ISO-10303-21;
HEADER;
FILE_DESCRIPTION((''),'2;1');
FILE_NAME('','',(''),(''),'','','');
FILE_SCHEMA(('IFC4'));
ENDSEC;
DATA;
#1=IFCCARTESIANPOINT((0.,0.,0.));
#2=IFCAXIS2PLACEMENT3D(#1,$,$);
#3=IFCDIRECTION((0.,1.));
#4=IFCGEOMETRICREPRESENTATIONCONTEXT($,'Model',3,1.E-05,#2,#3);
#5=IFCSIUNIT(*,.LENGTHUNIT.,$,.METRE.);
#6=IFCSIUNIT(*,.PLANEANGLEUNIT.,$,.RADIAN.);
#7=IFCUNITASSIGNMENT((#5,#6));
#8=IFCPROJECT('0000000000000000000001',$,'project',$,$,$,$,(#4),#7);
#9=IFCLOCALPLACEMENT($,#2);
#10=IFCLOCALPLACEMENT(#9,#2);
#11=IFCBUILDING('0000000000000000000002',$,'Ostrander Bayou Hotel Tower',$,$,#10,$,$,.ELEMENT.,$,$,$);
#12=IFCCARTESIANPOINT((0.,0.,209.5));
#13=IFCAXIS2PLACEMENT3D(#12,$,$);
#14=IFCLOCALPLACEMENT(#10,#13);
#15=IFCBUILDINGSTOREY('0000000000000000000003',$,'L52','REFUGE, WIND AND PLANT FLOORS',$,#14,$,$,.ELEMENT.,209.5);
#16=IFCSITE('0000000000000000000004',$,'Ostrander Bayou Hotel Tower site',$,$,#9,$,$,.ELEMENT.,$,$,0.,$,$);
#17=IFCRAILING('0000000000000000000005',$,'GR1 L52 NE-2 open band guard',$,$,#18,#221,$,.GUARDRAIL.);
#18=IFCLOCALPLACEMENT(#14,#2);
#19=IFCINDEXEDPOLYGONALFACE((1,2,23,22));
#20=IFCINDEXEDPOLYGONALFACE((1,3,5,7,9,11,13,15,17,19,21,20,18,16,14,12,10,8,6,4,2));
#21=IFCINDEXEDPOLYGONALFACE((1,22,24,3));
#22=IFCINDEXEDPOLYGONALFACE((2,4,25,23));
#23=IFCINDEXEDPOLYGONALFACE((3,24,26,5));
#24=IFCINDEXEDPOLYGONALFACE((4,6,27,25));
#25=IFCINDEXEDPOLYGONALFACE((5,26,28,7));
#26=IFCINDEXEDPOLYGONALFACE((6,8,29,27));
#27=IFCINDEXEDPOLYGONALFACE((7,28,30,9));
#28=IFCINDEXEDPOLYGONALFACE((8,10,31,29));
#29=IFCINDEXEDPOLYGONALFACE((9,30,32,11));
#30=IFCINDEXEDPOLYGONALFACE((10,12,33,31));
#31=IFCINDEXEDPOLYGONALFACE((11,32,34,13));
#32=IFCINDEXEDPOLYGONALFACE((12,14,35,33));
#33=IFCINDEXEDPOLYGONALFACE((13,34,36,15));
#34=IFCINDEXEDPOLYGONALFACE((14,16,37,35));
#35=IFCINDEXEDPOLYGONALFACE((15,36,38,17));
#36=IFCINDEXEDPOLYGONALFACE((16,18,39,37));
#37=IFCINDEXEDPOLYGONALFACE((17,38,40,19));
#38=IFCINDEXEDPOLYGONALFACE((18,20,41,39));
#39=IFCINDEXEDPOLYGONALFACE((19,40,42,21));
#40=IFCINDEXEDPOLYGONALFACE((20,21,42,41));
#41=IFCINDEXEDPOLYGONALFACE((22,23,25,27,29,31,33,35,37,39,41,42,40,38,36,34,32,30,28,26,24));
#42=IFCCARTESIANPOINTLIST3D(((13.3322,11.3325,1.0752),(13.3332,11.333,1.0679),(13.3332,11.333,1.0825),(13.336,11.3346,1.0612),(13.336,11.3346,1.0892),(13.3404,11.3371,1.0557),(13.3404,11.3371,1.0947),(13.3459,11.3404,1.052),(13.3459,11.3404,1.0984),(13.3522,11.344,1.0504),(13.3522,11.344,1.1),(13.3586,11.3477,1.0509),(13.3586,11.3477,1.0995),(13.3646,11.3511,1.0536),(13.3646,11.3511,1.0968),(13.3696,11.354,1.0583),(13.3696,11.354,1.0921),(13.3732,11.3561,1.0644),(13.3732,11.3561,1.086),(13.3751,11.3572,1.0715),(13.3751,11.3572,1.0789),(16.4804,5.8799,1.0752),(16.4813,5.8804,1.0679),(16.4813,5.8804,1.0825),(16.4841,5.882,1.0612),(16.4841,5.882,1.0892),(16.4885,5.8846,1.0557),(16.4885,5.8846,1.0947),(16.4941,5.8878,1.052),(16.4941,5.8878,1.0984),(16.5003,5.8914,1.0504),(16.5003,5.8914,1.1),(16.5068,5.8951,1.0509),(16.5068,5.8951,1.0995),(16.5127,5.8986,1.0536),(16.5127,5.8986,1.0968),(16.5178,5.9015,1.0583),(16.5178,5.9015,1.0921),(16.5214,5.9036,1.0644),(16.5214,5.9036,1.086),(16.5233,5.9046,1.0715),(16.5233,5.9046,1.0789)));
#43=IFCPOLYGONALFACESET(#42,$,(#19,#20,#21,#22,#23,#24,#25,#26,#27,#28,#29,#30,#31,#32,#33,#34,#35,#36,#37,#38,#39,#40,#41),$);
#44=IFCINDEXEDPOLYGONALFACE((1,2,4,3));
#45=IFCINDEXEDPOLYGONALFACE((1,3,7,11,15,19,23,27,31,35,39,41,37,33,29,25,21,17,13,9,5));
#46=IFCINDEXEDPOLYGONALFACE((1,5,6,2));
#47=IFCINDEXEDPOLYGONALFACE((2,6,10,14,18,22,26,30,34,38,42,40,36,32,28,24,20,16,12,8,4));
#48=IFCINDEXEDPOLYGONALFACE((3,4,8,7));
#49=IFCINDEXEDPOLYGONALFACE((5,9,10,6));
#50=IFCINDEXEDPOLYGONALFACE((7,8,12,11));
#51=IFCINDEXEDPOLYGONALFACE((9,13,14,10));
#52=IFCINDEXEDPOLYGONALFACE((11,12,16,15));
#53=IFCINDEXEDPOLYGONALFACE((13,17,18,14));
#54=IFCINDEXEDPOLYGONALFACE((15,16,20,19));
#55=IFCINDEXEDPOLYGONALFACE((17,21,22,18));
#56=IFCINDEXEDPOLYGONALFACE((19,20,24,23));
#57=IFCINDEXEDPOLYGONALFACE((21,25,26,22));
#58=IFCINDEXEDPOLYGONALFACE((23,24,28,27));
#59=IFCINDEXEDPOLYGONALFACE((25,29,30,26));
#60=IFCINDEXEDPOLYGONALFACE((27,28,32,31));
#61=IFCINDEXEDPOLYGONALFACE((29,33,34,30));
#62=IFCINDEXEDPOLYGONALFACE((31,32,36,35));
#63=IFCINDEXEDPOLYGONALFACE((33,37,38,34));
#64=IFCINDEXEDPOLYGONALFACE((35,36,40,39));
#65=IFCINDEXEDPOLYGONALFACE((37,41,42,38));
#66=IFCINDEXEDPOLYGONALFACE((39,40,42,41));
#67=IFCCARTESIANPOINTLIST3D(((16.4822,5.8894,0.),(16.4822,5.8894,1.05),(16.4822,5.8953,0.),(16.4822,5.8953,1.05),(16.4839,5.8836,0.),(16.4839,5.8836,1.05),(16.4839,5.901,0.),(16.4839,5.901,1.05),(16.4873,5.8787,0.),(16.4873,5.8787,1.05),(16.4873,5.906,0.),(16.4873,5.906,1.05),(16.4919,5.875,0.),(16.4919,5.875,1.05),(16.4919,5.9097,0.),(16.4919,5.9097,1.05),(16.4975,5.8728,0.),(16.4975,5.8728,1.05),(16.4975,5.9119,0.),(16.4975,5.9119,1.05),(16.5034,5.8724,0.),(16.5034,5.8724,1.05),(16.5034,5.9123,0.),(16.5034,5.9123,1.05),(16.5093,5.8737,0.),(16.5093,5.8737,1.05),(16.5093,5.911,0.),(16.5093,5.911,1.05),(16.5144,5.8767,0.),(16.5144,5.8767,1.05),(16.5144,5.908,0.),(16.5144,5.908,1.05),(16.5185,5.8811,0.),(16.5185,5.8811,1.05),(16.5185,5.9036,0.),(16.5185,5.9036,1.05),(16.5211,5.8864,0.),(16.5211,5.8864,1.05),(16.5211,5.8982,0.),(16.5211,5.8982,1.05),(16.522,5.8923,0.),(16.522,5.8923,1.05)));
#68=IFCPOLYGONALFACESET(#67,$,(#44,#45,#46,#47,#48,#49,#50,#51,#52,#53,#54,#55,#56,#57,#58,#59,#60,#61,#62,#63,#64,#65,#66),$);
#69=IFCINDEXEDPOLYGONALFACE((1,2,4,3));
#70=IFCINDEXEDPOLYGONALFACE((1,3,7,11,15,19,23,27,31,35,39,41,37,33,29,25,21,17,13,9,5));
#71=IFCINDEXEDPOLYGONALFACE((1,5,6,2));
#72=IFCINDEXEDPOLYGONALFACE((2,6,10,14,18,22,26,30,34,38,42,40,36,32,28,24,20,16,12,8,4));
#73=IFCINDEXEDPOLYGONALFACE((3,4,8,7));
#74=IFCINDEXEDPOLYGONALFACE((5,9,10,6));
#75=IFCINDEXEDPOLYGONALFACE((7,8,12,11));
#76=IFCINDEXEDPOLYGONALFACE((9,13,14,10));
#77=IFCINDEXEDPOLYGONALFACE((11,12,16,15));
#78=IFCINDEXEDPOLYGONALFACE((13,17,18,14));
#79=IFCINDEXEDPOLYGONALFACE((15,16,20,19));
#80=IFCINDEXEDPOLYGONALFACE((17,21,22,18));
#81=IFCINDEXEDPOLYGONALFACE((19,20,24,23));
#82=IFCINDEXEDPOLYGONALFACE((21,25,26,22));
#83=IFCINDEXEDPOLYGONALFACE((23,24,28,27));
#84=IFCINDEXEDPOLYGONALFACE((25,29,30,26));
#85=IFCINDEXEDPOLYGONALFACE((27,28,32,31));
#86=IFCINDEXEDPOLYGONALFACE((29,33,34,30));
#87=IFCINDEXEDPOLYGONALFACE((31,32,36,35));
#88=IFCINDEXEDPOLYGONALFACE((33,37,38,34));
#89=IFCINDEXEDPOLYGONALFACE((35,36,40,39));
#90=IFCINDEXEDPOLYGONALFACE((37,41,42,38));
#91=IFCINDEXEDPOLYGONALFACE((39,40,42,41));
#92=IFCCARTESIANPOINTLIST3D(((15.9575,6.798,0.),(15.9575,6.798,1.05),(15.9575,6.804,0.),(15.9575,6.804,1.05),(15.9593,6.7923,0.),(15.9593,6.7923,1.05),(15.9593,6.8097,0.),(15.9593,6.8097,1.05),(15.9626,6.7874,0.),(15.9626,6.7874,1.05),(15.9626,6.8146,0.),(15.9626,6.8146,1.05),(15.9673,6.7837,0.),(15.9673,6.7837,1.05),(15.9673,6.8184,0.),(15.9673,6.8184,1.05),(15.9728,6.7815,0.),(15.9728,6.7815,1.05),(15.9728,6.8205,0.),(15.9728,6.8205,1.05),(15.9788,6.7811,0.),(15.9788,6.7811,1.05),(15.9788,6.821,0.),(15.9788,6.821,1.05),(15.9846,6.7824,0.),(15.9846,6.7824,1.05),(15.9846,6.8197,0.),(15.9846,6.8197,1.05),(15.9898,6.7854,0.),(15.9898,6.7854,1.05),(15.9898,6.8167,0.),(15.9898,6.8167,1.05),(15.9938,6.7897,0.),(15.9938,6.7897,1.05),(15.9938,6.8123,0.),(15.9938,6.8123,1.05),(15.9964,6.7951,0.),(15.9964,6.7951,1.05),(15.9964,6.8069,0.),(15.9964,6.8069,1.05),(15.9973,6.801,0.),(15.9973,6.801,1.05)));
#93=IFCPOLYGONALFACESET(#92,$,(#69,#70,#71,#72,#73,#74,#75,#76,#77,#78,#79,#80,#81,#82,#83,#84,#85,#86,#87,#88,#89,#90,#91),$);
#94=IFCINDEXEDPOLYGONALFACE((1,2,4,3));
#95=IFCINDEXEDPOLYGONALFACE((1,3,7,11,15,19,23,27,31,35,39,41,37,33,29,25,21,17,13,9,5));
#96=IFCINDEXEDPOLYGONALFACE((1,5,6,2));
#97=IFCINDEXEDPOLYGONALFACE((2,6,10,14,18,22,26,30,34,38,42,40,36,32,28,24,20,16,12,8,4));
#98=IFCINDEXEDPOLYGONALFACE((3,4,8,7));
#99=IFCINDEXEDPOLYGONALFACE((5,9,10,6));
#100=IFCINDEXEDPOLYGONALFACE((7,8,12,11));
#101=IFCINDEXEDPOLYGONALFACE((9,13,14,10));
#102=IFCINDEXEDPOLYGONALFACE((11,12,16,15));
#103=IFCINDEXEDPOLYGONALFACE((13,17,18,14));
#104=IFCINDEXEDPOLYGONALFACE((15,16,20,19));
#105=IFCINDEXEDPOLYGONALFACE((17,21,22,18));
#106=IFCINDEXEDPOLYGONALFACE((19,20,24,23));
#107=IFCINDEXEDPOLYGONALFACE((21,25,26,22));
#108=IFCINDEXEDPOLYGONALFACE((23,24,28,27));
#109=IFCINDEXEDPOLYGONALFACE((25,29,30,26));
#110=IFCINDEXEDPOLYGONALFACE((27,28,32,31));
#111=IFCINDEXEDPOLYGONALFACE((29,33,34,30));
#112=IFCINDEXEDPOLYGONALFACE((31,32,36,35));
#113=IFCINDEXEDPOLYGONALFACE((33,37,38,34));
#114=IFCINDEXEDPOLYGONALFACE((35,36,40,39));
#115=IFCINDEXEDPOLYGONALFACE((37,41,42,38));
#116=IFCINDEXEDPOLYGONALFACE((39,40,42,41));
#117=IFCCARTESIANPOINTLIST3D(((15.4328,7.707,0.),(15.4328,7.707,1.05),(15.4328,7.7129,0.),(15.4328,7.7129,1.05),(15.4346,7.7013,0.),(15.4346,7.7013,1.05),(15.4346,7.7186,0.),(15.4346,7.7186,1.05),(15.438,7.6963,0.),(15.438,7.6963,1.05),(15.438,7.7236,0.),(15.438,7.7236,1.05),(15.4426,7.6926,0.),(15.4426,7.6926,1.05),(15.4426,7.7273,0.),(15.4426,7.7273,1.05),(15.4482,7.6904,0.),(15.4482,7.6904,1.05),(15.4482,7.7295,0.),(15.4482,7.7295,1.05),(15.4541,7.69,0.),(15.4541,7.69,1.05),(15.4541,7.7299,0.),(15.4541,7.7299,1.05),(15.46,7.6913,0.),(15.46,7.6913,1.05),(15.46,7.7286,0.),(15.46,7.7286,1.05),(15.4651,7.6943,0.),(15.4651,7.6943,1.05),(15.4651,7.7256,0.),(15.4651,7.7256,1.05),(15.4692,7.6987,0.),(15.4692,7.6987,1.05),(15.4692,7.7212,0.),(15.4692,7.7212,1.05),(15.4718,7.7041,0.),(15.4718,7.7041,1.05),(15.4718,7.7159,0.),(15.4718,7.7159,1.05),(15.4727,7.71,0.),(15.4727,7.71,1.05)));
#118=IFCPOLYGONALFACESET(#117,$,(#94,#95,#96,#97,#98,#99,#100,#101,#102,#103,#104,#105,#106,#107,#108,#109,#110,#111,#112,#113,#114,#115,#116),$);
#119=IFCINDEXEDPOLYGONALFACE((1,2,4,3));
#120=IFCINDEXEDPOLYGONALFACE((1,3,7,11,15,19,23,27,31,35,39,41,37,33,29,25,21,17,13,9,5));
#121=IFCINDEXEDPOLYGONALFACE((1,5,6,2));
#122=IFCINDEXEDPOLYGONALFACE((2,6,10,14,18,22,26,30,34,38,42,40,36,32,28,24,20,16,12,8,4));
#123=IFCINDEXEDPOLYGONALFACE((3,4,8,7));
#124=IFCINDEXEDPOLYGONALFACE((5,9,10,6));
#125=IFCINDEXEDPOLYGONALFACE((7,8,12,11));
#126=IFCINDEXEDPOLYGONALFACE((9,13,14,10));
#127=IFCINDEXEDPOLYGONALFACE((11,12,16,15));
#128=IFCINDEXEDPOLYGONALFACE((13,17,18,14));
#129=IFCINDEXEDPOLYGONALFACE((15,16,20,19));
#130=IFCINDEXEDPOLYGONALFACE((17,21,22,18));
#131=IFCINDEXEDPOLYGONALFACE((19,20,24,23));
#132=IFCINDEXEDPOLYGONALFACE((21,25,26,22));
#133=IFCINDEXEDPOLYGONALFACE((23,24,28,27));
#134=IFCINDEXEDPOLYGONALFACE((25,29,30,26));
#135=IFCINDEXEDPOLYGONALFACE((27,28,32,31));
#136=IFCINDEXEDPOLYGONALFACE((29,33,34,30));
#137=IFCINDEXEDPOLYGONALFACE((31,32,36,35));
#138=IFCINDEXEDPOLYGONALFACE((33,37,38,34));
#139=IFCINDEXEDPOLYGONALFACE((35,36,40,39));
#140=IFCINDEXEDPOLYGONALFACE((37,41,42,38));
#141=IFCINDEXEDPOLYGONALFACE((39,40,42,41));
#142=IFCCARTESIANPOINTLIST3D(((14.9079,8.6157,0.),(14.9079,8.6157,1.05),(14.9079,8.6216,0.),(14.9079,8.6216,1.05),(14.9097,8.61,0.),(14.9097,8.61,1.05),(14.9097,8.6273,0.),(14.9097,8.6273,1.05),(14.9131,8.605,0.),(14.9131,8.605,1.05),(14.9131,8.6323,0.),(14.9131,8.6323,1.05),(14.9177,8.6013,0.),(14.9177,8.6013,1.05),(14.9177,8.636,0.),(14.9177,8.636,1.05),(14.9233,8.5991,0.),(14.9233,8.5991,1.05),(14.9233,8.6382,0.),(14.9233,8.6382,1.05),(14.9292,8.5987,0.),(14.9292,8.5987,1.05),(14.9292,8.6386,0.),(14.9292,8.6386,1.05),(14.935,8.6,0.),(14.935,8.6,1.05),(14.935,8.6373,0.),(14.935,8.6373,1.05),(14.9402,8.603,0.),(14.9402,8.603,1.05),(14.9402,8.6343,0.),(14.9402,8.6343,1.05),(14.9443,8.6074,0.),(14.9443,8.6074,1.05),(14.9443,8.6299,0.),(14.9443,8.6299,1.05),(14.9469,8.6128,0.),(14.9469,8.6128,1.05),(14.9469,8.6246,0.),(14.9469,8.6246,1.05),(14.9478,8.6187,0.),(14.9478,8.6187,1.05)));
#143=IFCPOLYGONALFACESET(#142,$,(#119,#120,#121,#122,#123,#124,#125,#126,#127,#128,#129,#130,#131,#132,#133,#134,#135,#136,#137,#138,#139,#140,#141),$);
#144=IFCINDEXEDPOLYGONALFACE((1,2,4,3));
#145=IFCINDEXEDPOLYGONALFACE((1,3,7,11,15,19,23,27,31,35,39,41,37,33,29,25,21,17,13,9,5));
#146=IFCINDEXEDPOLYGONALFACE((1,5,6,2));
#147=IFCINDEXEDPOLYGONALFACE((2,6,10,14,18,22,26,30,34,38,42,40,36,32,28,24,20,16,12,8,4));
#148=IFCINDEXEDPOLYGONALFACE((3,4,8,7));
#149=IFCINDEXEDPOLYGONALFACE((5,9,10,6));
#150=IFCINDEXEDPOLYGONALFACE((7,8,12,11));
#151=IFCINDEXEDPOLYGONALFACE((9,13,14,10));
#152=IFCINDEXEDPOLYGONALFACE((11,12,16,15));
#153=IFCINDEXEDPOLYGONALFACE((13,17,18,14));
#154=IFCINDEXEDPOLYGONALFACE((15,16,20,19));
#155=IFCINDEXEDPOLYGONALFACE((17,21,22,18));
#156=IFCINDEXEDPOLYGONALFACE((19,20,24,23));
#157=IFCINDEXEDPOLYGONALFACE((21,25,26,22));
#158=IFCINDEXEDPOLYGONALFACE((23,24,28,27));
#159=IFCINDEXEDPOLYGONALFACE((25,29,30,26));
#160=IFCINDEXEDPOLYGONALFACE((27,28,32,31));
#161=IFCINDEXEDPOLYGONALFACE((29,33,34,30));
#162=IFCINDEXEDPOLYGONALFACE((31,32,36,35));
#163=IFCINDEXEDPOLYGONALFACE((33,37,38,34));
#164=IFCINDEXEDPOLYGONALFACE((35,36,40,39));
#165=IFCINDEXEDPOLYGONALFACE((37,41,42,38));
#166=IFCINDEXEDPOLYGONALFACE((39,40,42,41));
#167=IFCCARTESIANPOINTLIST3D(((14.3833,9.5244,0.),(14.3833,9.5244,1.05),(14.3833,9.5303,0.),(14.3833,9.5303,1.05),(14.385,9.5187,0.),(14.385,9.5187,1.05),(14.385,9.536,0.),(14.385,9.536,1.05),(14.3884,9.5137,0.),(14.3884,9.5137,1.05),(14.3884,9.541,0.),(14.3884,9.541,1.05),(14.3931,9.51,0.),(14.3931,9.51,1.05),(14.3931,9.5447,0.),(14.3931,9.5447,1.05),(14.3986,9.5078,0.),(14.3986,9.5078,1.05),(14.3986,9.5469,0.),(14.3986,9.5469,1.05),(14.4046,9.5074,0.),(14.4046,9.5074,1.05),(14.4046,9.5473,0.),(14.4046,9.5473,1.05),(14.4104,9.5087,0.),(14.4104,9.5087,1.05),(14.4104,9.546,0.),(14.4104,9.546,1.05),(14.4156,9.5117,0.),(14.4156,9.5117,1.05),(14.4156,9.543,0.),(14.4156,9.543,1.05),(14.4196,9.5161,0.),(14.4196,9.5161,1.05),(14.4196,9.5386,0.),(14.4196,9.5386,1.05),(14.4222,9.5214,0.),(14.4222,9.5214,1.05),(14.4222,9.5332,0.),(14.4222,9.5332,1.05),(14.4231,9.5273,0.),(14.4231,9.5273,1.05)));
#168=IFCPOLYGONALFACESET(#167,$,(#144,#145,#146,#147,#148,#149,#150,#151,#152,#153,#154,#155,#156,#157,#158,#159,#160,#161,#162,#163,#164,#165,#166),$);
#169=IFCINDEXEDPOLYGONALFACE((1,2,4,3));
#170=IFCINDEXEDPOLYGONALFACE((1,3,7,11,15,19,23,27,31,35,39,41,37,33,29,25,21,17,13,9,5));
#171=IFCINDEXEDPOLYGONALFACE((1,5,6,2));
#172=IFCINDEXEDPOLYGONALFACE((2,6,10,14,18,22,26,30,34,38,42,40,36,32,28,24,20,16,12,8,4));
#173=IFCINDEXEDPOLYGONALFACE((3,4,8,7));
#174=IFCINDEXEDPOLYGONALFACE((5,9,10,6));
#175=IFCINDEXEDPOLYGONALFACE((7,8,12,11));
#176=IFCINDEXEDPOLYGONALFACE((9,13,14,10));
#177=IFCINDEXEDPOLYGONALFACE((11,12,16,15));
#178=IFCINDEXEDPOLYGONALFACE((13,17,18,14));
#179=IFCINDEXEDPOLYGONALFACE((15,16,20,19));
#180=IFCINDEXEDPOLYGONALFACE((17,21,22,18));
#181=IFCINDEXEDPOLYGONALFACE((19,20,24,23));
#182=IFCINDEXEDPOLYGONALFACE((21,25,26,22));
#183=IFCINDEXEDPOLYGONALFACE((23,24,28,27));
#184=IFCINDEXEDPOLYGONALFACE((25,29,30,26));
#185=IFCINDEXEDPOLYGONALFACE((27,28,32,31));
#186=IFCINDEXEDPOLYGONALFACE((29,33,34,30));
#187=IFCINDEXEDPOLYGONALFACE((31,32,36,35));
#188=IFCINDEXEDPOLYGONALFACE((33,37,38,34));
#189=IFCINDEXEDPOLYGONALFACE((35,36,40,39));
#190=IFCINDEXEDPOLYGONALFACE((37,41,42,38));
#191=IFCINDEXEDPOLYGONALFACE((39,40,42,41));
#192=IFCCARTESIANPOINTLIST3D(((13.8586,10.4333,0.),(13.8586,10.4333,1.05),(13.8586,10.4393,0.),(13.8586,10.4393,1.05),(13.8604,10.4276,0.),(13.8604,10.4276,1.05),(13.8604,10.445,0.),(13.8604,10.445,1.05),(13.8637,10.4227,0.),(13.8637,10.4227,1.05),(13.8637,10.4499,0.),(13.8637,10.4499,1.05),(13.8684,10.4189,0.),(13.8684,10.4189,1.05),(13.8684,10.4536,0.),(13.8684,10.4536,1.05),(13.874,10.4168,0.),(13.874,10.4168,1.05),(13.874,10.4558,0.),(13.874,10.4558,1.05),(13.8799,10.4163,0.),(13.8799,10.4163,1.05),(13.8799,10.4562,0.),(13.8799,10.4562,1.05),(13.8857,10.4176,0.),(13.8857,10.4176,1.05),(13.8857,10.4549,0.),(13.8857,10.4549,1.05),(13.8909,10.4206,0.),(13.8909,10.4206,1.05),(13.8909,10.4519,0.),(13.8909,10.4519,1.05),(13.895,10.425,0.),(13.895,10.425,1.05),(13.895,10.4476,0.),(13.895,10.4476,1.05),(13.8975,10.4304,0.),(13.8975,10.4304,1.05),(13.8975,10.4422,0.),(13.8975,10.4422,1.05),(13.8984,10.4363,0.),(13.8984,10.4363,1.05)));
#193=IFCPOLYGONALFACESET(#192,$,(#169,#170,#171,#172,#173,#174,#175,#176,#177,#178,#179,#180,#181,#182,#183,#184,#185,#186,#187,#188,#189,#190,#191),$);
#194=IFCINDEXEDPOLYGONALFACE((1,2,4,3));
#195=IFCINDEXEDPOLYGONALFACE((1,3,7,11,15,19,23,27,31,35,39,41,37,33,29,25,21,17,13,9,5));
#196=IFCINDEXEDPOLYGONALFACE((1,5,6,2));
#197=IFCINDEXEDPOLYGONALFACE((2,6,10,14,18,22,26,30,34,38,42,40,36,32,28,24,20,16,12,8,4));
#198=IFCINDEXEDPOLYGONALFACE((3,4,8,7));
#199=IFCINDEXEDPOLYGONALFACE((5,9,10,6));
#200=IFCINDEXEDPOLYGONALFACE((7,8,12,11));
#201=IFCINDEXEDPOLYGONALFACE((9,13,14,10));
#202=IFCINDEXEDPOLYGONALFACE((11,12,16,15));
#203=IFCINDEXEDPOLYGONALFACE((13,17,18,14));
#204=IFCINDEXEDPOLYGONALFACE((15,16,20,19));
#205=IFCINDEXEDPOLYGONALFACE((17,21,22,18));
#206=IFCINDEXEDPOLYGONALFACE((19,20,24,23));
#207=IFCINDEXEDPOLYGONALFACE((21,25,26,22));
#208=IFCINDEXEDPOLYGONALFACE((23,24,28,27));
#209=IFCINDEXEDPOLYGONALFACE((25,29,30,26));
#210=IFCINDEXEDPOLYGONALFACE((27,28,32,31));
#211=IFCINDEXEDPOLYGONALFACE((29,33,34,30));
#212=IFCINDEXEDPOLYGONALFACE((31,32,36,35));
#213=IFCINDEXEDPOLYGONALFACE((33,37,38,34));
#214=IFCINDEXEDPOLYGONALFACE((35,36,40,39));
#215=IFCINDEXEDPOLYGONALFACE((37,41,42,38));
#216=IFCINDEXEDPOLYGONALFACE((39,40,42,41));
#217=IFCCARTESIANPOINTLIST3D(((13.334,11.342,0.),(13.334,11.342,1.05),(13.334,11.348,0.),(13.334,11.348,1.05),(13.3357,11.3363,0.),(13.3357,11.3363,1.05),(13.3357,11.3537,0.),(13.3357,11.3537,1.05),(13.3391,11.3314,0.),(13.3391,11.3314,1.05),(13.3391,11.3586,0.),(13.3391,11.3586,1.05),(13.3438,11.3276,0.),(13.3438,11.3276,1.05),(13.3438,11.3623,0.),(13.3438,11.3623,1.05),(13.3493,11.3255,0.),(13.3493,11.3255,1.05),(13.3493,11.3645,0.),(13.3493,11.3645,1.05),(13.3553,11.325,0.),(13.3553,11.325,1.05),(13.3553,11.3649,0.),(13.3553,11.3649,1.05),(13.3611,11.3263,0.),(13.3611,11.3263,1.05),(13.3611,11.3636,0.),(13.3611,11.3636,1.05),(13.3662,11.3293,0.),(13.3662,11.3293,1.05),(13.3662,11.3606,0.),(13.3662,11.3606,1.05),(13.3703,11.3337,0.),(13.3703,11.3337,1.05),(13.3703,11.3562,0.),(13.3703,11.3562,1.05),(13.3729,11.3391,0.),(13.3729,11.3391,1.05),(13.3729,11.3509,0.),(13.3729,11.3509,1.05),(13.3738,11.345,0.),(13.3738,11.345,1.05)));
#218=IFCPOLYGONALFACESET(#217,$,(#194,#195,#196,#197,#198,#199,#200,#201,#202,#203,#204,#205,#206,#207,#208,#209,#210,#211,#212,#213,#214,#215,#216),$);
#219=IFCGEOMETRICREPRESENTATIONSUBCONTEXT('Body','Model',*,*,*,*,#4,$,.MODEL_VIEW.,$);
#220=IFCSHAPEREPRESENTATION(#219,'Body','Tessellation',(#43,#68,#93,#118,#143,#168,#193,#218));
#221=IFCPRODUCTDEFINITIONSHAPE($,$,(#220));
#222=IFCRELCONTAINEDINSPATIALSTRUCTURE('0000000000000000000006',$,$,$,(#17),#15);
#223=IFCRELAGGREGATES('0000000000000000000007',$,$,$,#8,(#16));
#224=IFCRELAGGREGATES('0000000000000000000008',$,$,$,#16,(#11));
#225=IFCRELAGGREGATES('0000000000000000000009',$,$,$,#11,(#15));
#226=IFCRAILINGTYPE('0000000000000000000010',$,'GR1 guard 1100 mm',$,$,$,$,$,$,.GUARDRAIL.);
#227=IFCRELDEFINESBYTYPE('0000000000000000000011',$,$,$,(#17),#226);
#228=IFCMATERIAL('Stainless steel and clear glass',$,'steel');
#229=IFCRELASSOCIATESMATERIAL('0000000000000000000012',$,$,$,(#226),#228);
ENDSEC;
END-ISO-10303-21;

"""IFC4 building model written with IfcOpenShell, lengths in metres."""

from ifc_helpers import new_model, si_unit, direction, frame, origin, origin_2d, place, context, subcontext, project, spatial, circle, extrude, material, type_object, element, save


model = new_model("IFC4")

# Units and contexts
model_context = context("Model", 3, precision=1e-05, world=origin(), true_north=direction((0.0, 1.0)))
body_context = subcontext(model_context, "Body", "Model", "MODEL_VIEW")
ifc_project = project(units=[si_unit("LENGTHUNIT", "METRE"), si_unit("PLANEANGLEUNIT", "RADIAN")], contexts=[model_context])

# Site, building, storey
site_placement = place(None, origin())
site = spatial("IfcSite", under=ifc_project, at=site_placement, Name="Ostrander Bayou Hotel Tower site", CompositionType="ELEMENT", RefElevation=0.0)
building_placement = place(site_placement, origin())
building = spatial("IfcBuilding", under=site, at=building_placement, Name="Ostrander Bayou Hotel Tower", CompositionType="ELEMENT")
storey_placement = place(building_placement, frame((0.0, 0.0, 209.5)))
storey = spatial("IfcBuildingStorey", under=building, at=storey_placement, Name="L52", Description="REFUGE, WIND AND PLANT FLOORS", CompositionType="ELEMENT", Elevation=209.5)

# Railing
ifc_material_1 = material(Name="Stainless steel and clear glass", Category="steel")
railing_type = type_object("IfcRailingType", Name="GR1 guard 1100 mm", PredefinedType="GUARDRAIL", material=ifc_material_1)
railing_placement = place(storey_placement, frame((16.502, 5.8923, 0.0)))
element("IfcRailing", 1, at=railing_placement, inside=storey, type_object=railing_type, Name="GR1 L52 NE-2 open band guard", PredefinedType="GUARDRAIL", context=body_context, shape_type="SweptSolid", body=[
    extrude(circle(Radius=0.0249, at=origin_2d()), frame((0.0, 0.0, 1.0752), z_axis=(-0.500013, 0.866018, 0.0), x_axis=(-0.866018, -0.500013, 0.0)), (0.0, 0.0, 1.0), 6.2961),
    extrude(circle(Radius=0.02, at=origin_2d()), origin(), (0.0, 0.0, 1.0), 1.05),
    extrude(circle(Radius=0.02, at=origin_2d()), frame((-0.5247, 0.9087, 0.0)), (0.0, 0.0, 1.0), 1.05),
    extrude(circle(Radius=0.02, at=origin_2d()), frame((-1.0493, 1.8176, 0.0)), (0.0, 0.0, 1.0), 1.05),
    extrude(circle(Radius=0.02, at=origin_2d()), frame((-1.5742, 2.7263, 0.0)), (0.0, 0.0, 1.0), 1.05),
    extrude(circle(Radius=0.02, at=origin_2d()), frame((-2.0989, 3.635, 0.0)), (0.0, 0.0, 1.0), 1.05),
    extrude(circle(Radius=0.02, at=origin_2d()), frame((-2.6235, 4.5439, 0.0)), (0.0, 0.0, 1.0), 1.05),
    extrude(circle(Radius=0.02, at=origin_2d()), frame((-3.1482, 5.4526, 0.0)), (0.0, 0.0, 1.0), 1.05),
])

save(model, "model.ifc")
